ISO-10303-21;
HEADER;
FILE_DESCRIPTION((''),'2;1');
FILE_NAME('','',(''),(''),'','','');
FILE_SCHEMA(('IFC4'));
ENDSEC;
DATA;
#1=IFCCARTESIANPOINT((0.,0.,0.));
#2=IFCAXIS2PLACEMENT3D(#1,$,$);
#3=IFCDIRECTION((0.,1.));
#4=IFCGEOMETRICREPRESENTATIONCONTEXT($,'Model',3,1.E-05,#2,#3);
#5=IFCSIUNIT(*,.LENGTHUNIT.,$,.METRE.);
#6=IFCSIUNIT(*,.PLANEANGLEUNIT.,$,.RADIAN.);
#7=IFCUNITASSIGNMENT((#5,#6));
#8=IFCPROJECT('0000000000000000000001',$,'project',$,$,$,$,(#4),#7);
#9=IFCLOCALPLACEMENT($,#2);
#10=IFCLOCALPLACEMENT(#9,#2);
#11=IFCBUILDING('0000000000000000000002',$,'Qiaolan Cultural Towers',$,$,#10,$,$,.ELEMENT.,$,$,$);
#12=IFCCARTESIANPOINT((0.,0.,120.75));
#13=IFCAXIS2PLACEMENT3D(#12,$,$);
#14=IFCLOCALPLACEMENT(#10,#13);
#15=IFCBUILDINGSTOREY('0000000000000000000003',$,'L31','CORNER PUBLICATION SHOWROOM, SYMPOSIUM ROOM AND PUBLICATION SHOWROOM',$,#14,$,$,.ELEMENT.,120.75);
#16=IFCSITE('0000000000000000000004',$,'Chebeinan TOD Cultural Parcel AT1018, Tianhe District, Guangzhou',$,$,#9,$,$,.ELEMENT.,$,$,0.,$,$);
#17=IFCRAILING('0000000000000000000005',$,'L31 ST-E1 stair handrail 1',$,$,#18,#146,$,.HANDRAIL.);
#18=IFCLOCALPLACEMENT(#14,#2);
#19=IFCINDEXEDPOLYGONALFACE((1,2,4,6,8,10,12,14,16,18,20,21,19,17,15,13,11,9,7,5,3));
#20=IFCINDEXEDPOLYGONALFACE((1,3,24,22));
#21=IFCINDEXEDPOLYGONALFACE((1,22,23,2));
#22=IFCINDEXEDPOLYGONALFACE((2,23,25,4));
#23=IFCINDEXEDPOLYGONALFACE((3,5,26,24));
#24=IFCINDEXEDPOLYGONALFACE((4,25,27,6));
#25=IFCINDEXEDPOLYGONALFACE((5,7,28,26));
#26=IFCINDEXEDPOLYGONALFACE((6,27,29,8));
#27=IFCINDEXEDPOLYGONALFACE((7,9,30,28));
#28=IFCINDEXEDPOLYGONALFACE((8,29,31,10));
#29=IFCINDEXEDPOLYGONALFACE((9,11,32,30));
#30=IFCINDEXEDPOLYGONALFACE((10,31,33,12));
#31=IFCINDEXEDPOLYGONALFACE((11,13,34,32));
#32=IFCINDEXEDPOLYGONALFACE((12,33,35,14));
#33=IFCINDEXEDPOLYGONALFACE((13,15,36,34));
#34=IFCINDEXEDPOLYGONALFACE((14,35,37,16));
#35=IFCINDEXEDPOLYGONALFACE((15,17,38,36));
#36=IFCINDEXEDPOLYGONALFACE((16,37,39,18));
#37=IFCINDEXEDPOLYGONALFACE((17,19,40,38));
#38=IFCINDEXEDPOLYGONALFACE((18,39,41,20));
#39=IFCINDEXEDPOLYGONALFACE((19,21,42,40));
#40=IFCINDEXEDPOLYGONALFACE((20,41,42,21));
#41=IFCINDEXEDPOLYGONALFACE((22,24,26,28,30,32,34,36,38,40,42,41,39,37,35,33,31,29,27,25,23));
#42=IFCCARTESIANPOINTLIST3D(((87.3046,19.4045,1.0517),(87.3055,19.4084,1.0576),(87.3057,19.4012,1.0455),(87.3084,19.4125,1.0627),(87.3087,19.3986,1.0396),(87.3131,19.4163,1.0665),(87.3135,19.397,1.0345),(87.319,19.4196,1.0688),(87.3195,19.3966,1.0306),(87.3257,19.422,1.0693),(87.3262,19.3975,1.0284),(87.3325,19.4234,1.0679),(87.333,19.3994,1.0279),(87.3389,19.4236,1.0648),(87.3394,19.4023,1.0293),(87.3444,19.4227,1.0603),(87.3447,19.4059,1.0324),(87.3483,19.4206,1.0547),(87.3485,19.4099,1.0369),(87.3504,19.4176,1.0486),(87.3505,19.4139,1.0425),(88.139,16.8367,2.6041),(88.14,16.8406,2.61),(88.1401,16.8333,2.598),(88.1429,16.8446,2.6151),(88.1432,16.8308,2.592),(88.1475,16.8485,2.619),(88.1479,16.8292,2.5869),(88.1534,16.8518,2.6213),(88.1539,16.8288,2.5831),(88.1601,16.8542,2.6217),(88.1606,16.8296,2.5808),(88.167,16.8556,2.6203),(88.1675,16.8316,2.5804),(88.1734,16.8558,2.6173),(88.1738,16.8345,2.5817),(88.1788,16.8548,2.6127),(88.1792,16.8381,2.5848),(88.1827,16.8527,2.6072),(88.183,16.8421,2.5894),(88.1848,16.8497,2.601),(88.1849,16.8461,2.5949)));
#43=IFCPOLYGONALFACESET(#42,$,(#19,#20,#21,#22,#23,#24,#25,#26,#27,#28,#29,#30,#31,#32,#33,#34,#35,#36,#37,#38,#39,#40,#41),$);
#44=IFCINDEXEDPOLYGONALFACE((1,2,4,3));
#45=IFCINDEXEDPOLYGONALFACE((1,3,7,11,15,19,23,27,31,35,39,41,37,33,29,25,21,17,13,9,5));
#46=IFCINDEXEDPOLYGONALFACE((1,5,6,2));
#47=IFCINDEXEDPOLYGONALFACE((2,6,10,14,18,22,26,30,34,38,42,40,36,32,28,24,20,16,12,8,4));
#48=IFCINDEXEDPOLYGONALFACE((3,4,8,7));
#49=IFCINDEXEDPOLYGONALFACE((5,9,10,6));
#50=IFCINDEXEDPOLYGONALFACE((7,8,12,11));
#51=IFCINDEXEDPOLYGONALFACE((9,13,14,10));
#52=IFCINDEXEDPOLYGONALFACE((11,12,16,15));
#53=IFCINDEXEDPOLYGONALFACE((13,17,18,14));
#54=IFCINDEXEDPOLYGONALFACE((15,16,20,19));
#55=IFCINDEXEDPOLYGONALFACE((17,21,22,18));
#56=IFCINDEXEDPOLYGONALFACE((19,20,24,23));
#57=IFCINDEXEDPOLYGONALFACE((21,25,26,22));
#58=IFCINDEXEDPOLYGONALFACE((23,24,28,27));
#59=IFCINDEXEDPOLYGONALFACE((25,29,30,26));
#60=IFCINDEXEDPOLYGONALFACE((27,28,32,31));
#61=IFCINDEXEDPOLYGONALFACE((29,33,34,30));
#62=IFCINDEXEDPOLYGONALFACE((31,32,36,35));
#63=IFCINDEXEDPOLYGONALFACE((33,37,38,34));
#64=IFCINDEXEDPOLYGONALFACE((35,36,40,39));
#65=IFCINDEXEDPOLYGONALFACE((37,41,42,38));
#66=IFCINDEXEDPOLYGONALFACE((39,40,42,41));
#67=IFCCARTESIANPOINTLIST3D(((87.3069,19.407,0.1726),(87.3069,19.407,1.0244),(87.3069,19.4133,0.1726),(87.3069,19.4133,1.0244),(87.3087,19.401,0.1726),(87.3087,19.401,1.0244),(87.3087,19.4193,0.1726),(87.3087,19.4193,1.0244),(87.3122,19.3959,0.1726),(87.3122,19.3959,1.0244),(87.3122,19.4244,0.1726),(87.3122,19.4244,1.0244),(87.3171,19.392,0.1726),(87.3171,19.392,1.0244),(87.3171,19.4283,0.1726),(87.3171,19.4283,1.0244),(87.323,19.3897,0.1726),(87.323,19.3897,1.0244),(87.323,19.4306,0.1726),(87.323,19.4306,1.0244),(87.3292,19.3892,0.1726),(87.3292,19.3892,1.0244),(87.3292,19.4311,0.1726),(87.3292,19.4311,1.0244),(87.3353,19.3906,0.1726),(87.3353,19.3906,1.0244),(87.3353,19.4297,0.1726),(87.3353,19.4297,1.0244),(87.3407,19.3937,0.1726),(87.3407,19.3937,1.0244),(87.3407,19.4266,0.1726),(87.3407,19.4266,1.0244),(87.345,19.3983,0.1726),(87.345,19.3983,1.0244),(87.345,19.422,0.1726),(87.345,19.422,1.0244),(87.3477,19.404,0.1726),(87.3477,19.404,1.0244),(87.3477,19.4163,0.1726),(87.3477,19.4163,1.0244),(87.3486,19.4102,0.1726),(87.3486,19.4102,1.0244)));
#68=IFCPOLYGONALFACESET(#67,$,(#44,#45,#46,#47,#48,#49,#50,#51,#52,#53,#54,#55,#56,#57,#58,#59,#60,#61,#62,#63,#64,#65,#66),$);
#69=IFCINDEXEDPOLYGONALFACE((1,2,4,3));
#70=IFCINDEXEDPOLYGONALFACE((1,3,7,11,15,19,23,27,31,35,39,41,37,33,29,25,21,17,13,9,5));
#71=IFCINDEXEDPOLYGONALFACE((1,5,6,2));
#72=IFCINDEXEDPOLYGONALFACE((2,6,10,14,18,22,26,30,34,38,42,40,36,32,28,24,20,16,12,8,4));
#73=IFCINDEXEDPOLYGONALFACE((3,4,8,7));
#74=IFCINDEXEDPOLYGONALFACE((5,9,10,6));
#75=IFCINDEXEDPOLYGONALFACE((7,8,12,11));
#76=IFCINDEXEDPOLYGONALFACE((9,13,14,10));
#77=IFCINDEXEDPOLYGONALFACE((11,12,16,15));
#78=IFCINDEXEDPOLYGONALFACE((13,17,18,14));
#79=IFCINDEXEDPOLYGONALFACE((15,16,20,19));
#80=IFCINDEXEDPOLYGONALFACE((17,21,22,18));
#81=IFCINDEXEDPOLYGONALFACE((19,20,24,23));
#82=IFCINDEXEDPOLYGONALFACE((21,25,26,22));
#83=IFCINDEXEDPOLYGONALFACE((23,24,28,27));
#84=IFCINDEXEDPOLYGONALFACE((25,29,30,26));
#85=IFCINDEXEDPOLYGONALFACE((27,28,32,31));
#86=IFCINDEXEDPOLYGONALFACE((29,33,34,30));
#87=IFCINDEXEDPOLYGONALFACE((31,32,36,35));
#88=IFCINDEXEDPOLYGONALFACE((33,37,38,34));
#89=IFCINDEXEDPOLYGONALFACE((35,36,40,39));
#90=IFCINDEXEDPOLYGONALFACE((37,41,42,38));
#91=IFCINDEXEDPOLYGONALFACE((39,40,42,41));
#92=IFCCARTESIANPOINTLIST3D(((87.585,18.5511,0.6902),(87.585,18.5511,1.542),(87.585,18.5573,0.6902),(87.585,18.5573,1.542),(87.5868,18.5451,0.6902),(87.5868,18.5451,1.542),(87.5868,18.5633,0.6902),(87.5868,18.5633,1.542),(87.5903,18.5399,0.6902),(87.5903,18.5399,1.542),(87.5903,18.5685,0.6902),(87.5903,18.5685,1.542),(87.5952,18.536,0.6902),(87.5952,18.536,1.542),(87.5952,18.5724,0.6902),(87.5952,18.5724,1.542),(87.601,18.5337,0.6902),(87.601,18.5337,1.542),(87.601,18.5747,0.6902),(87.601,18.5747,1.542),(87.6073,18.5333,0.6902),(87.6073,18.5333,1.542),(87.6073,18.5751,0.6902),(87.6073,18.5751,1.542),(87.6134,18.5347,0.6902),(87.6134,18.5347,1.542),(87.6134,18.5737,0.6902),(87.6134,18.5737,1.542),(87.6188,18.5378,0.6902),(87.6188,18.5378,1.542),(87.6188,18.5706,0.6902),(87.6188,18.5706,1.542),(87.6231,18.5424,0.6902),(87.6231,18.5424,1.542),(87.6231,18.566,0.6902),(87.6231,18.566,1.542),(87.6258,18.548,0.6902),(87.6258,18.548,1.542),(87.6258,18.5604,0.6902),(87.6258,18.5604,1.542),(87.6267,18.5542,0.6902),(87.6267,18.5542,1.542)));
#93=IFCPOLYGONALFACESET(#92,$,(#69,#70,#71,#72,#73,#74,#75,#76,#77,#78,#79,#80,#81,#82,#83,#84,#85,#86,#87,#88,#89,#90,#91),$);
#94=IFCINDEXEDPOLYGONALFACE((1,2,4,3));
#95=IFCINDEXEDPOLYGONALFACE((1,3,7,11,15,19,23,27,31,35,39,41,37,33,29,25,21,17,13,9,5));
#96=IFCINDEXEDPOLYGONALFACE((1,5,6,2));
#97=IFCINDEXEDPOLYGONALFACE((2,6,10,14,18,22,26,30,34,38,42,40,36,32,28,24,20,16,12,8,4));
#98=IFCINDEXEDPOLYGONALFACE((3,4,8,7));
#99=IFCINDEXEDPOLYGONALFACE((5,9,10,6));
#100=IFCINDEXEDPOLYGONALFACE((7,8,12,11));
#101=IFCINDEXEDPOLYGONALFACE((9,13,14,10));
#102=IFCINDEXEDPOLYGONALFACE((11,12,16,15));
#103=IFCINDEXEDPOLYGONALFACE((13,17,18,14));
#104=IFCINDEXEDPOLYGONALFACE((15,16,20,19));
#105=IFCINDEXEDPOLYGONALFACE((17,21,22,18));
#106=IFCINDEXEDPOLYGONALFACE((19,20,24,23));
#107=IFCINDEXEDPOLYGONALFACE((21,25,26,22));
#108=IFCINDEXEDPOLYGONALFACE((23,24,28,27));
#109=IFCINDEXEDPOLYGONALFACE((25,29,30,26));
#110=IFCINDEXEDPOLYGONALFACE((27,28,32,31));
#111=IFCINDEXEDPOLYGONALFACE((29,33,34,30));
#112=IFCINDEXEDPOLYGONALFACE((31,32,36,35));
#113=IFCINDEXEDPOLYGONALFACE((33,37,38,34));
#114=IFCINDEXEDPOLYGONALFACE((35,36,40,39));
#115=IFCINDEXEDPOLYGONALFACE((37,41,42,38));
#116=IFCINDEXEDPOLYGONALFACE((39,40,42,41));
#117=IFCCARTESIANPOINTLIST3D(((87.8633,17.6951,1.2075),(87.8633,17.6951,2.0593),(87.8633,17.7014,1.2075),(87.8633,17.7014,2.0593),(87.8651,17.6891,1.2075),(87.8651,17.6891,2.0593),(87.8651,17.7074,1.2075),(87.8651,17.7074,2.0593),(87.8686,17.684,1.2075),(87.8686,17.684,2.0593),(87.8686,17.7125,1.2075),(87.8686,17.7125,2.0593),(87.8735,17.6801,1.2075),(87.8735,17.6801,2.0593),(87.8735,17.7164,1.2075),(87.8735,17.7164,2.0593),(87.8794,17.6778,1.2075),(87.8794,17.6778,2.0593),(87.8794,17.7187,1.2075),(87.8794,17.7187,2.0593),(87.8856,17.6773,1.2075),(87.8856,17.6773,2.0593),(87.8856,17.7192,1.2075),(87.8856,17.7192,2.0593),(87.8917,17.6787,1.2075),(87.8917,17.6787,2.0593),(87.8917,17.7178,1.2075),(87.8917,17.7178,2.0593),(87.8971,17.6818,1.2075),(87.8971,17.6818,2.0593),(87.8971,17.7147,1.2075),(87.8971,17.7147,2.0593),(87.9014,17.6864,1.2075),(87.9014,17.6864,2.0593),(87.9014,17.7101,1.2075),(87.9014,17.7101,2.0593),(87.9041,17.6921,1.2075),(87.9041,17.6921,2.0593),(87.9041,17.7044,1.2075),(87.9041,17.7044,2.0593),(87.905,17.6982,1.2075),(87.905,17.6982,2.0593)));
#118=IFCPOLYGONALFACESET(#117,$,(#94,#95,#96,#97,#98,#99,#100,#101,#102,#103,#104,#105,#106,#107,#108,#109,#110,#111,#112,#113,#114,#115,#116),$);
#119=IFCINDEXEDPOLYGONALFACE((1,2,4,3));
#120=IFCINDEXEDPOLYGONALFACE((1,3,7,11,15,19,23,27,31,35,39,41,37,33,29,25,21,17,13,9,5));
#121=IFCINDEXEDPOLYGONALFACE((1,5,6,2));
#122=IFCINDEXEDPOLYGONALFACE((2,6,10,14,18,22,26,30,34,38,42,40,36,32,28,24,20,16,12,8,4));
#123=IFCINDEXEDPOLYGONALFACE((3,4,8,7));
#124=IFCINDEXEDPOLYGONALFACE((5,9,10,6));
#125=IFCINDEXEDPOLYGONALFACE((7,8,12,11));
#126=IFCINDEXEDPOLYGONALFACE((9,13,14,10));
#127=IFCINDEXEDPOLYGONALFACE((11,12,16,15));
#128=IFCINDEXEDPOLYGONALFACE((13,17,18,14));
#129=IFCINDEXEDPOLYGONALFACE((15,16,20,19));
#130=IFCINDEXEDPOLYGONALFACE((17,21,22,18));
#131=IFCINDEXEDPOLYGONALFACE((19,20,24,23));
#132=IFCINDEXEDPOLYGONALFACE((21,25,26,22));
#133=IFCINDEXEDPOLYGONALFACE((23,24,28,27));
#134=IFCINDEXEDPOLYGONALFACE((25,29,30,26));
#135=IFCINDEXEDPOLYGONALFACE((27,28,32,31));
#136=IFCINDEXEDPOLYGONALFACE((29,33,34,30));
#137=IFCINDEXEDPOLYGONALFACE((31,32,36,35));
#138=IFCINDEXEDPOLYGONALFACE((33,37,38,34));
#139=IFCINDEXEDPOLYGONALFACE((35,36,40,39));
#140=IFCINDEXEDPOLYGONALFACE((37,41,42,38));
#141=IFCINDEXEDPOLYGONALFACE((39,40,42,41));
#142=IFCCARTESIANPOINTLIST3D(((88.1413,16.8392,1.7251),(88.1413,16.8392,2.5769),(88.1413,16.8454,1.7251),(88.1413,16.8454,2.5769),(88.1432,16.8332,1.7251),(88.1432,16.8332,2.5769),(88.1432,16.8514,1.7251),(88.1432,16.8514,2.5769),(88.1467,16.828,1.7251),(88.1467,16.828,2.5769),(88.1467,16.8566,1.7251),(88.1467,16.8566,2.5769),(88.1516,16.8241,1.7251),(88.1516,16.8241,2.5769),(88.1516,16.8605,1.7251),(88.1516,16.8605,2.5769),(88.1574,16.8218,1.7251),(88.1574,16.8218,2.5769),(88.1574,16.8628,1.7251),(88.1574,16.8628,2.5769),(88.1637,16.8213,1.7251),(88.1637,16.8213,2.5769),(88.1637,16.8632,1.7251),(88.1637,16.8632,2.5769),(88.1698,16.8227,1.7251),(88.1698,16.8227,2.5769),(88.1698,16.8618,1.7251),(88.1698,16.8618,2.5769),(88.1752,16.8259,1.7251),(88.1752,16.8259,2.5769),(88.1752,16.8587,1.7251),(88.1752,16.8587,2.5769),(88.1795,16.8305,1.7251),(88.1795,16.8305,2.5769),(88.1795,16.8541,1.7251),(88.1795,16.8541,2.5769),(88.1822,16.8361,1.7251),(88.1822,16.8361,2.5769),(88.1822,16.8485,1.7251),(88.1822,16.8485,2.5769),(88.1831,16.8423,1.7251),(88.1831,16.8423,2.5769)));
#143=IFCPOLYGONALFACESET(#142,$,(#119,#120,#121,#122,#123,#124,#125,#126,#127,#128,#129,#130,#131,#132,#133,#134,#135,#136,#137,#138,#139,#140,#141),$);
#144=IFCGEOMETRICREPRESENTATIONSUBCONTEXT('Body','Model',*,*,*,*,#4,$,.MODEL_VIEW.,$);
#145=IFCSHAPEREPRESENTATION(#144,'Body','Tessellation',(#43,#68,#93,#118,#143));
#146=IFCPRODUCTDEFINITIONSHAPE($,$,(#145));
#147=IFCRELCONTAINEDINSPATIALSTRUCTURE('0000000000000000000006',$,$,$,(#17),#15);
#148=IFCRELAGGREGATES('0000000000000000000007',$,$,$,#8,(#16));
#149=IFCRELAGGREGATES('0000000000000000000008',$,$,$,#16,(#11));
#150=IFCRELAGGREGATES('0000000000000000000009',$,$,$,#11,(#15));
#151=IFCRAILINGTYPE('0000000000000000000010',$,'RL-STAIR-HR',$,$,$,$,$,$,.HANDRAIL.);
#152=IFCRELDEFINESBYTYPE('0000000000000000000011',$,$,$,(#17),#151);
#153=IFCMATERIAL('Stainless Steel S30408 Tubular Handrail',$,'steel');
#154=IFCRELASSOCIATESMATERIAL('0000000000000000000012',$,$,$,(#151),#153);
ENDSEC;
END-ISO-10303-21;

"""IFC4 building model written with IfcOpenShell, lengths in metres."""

from ifc_helpers import new_model, si_unit, direction, frame, origin, origin_2d, place, context, subcontext, project, spatial, circle, extrude, material, type_object, element, save


model = new_model("IFC4")

# Units and contexts
model_context = context("Model", 3, precision=1e-05, world=origin(), true_north=direction((0.0, 1.0)))
body_context = subcontext(model_context, "Body", "Model", "MODEL_VIEW")
ifc_project = project(units=[si_unit("LENGTHUNIT", "METRE"), si_unit("PLANEANGLEUNIT", "RADIAN")], contexts=[model_context])

# Site, building, storey
site_placement = place(None, origin())
site = spatial("IfcSite", under=ifc_project, at=site_placement, Name="Chebeinan TOD Cultural Parcel AT1018, Tianhe District, Guangzhou", CompositionType="ELEMENT", RefElevation=0.0)
building_placement = place(site_placement, origin())
building = spatial("IfcBuilding", under=site, at=building_placement, Name="Qiaolan Cultural Towers", CompositionType="ELEMENT")
storey_placement = place(building_placement, frame((0.0, 0.0, 120.75)))
storey = spatial("IfcBuildingStorey", under=building, at=storey_placement, Name="L31", Description="CORNER PUBLICATION SHOWROOM, SYMPOSIUM ROOM AND PUBLICATION SHOWROOM", CompositionType="ELEMENT", Elevation=120.75)

# Railing
ifc_material_1 = material(Name="Stainless Steel S30408 Tubular Handrail", Category="steel")
railing_type_1 = type_object("IfcRailingType", Name="RL-STAIR-HR", PredefinedType="HANDRAIL", material=ifc_material_1)
railing_1_placement = place(storey_placement, frame((87.3276, 19.4102, 0.1726)))
element("IfcRailing", 1, at=railing_1_placement, inside=storey, type_object=railing_type_1, Name="L31 ST-E1 stair handrail 1", PredefinedType="HANDRAIL", context=body_context, shape_type="SweptSolid", body=[
    extrude(circle(Radius=0.0239, at=origin_2d()), frame((0.0, 0.0, 0.876), z_axis=(0.267926, -0.824471, 0.498461), x_axis=(0.951043, 0.309057, 0.0)), (0.0, 0.0, 1.0), 3.1145),
    extrude(circle(Radius=0.021, at=origin_2d()), origin(), (0.0, 0.0, 1.0), 0.8518),
    extrude(circle(Radius=0.021, at=origin_2d()), frame((0.2781, -0.856, 0.5176)), (0.0, 0.0, 1.0), 0.8518),
    extrude(circle(Radius=0.021, at=origin_2d()), frame((0.5564, -1.7119, 1.0349)), (0.0, 0.0, 1.0), 0.8518),
    extrude(circle(Radius=0.021, at=origin_2d()), frame((0.8345, -2.5679, 1.5525)), (0.0, 0.0, 1.0), 0.8518),
])

save(model, "model.ifc")
